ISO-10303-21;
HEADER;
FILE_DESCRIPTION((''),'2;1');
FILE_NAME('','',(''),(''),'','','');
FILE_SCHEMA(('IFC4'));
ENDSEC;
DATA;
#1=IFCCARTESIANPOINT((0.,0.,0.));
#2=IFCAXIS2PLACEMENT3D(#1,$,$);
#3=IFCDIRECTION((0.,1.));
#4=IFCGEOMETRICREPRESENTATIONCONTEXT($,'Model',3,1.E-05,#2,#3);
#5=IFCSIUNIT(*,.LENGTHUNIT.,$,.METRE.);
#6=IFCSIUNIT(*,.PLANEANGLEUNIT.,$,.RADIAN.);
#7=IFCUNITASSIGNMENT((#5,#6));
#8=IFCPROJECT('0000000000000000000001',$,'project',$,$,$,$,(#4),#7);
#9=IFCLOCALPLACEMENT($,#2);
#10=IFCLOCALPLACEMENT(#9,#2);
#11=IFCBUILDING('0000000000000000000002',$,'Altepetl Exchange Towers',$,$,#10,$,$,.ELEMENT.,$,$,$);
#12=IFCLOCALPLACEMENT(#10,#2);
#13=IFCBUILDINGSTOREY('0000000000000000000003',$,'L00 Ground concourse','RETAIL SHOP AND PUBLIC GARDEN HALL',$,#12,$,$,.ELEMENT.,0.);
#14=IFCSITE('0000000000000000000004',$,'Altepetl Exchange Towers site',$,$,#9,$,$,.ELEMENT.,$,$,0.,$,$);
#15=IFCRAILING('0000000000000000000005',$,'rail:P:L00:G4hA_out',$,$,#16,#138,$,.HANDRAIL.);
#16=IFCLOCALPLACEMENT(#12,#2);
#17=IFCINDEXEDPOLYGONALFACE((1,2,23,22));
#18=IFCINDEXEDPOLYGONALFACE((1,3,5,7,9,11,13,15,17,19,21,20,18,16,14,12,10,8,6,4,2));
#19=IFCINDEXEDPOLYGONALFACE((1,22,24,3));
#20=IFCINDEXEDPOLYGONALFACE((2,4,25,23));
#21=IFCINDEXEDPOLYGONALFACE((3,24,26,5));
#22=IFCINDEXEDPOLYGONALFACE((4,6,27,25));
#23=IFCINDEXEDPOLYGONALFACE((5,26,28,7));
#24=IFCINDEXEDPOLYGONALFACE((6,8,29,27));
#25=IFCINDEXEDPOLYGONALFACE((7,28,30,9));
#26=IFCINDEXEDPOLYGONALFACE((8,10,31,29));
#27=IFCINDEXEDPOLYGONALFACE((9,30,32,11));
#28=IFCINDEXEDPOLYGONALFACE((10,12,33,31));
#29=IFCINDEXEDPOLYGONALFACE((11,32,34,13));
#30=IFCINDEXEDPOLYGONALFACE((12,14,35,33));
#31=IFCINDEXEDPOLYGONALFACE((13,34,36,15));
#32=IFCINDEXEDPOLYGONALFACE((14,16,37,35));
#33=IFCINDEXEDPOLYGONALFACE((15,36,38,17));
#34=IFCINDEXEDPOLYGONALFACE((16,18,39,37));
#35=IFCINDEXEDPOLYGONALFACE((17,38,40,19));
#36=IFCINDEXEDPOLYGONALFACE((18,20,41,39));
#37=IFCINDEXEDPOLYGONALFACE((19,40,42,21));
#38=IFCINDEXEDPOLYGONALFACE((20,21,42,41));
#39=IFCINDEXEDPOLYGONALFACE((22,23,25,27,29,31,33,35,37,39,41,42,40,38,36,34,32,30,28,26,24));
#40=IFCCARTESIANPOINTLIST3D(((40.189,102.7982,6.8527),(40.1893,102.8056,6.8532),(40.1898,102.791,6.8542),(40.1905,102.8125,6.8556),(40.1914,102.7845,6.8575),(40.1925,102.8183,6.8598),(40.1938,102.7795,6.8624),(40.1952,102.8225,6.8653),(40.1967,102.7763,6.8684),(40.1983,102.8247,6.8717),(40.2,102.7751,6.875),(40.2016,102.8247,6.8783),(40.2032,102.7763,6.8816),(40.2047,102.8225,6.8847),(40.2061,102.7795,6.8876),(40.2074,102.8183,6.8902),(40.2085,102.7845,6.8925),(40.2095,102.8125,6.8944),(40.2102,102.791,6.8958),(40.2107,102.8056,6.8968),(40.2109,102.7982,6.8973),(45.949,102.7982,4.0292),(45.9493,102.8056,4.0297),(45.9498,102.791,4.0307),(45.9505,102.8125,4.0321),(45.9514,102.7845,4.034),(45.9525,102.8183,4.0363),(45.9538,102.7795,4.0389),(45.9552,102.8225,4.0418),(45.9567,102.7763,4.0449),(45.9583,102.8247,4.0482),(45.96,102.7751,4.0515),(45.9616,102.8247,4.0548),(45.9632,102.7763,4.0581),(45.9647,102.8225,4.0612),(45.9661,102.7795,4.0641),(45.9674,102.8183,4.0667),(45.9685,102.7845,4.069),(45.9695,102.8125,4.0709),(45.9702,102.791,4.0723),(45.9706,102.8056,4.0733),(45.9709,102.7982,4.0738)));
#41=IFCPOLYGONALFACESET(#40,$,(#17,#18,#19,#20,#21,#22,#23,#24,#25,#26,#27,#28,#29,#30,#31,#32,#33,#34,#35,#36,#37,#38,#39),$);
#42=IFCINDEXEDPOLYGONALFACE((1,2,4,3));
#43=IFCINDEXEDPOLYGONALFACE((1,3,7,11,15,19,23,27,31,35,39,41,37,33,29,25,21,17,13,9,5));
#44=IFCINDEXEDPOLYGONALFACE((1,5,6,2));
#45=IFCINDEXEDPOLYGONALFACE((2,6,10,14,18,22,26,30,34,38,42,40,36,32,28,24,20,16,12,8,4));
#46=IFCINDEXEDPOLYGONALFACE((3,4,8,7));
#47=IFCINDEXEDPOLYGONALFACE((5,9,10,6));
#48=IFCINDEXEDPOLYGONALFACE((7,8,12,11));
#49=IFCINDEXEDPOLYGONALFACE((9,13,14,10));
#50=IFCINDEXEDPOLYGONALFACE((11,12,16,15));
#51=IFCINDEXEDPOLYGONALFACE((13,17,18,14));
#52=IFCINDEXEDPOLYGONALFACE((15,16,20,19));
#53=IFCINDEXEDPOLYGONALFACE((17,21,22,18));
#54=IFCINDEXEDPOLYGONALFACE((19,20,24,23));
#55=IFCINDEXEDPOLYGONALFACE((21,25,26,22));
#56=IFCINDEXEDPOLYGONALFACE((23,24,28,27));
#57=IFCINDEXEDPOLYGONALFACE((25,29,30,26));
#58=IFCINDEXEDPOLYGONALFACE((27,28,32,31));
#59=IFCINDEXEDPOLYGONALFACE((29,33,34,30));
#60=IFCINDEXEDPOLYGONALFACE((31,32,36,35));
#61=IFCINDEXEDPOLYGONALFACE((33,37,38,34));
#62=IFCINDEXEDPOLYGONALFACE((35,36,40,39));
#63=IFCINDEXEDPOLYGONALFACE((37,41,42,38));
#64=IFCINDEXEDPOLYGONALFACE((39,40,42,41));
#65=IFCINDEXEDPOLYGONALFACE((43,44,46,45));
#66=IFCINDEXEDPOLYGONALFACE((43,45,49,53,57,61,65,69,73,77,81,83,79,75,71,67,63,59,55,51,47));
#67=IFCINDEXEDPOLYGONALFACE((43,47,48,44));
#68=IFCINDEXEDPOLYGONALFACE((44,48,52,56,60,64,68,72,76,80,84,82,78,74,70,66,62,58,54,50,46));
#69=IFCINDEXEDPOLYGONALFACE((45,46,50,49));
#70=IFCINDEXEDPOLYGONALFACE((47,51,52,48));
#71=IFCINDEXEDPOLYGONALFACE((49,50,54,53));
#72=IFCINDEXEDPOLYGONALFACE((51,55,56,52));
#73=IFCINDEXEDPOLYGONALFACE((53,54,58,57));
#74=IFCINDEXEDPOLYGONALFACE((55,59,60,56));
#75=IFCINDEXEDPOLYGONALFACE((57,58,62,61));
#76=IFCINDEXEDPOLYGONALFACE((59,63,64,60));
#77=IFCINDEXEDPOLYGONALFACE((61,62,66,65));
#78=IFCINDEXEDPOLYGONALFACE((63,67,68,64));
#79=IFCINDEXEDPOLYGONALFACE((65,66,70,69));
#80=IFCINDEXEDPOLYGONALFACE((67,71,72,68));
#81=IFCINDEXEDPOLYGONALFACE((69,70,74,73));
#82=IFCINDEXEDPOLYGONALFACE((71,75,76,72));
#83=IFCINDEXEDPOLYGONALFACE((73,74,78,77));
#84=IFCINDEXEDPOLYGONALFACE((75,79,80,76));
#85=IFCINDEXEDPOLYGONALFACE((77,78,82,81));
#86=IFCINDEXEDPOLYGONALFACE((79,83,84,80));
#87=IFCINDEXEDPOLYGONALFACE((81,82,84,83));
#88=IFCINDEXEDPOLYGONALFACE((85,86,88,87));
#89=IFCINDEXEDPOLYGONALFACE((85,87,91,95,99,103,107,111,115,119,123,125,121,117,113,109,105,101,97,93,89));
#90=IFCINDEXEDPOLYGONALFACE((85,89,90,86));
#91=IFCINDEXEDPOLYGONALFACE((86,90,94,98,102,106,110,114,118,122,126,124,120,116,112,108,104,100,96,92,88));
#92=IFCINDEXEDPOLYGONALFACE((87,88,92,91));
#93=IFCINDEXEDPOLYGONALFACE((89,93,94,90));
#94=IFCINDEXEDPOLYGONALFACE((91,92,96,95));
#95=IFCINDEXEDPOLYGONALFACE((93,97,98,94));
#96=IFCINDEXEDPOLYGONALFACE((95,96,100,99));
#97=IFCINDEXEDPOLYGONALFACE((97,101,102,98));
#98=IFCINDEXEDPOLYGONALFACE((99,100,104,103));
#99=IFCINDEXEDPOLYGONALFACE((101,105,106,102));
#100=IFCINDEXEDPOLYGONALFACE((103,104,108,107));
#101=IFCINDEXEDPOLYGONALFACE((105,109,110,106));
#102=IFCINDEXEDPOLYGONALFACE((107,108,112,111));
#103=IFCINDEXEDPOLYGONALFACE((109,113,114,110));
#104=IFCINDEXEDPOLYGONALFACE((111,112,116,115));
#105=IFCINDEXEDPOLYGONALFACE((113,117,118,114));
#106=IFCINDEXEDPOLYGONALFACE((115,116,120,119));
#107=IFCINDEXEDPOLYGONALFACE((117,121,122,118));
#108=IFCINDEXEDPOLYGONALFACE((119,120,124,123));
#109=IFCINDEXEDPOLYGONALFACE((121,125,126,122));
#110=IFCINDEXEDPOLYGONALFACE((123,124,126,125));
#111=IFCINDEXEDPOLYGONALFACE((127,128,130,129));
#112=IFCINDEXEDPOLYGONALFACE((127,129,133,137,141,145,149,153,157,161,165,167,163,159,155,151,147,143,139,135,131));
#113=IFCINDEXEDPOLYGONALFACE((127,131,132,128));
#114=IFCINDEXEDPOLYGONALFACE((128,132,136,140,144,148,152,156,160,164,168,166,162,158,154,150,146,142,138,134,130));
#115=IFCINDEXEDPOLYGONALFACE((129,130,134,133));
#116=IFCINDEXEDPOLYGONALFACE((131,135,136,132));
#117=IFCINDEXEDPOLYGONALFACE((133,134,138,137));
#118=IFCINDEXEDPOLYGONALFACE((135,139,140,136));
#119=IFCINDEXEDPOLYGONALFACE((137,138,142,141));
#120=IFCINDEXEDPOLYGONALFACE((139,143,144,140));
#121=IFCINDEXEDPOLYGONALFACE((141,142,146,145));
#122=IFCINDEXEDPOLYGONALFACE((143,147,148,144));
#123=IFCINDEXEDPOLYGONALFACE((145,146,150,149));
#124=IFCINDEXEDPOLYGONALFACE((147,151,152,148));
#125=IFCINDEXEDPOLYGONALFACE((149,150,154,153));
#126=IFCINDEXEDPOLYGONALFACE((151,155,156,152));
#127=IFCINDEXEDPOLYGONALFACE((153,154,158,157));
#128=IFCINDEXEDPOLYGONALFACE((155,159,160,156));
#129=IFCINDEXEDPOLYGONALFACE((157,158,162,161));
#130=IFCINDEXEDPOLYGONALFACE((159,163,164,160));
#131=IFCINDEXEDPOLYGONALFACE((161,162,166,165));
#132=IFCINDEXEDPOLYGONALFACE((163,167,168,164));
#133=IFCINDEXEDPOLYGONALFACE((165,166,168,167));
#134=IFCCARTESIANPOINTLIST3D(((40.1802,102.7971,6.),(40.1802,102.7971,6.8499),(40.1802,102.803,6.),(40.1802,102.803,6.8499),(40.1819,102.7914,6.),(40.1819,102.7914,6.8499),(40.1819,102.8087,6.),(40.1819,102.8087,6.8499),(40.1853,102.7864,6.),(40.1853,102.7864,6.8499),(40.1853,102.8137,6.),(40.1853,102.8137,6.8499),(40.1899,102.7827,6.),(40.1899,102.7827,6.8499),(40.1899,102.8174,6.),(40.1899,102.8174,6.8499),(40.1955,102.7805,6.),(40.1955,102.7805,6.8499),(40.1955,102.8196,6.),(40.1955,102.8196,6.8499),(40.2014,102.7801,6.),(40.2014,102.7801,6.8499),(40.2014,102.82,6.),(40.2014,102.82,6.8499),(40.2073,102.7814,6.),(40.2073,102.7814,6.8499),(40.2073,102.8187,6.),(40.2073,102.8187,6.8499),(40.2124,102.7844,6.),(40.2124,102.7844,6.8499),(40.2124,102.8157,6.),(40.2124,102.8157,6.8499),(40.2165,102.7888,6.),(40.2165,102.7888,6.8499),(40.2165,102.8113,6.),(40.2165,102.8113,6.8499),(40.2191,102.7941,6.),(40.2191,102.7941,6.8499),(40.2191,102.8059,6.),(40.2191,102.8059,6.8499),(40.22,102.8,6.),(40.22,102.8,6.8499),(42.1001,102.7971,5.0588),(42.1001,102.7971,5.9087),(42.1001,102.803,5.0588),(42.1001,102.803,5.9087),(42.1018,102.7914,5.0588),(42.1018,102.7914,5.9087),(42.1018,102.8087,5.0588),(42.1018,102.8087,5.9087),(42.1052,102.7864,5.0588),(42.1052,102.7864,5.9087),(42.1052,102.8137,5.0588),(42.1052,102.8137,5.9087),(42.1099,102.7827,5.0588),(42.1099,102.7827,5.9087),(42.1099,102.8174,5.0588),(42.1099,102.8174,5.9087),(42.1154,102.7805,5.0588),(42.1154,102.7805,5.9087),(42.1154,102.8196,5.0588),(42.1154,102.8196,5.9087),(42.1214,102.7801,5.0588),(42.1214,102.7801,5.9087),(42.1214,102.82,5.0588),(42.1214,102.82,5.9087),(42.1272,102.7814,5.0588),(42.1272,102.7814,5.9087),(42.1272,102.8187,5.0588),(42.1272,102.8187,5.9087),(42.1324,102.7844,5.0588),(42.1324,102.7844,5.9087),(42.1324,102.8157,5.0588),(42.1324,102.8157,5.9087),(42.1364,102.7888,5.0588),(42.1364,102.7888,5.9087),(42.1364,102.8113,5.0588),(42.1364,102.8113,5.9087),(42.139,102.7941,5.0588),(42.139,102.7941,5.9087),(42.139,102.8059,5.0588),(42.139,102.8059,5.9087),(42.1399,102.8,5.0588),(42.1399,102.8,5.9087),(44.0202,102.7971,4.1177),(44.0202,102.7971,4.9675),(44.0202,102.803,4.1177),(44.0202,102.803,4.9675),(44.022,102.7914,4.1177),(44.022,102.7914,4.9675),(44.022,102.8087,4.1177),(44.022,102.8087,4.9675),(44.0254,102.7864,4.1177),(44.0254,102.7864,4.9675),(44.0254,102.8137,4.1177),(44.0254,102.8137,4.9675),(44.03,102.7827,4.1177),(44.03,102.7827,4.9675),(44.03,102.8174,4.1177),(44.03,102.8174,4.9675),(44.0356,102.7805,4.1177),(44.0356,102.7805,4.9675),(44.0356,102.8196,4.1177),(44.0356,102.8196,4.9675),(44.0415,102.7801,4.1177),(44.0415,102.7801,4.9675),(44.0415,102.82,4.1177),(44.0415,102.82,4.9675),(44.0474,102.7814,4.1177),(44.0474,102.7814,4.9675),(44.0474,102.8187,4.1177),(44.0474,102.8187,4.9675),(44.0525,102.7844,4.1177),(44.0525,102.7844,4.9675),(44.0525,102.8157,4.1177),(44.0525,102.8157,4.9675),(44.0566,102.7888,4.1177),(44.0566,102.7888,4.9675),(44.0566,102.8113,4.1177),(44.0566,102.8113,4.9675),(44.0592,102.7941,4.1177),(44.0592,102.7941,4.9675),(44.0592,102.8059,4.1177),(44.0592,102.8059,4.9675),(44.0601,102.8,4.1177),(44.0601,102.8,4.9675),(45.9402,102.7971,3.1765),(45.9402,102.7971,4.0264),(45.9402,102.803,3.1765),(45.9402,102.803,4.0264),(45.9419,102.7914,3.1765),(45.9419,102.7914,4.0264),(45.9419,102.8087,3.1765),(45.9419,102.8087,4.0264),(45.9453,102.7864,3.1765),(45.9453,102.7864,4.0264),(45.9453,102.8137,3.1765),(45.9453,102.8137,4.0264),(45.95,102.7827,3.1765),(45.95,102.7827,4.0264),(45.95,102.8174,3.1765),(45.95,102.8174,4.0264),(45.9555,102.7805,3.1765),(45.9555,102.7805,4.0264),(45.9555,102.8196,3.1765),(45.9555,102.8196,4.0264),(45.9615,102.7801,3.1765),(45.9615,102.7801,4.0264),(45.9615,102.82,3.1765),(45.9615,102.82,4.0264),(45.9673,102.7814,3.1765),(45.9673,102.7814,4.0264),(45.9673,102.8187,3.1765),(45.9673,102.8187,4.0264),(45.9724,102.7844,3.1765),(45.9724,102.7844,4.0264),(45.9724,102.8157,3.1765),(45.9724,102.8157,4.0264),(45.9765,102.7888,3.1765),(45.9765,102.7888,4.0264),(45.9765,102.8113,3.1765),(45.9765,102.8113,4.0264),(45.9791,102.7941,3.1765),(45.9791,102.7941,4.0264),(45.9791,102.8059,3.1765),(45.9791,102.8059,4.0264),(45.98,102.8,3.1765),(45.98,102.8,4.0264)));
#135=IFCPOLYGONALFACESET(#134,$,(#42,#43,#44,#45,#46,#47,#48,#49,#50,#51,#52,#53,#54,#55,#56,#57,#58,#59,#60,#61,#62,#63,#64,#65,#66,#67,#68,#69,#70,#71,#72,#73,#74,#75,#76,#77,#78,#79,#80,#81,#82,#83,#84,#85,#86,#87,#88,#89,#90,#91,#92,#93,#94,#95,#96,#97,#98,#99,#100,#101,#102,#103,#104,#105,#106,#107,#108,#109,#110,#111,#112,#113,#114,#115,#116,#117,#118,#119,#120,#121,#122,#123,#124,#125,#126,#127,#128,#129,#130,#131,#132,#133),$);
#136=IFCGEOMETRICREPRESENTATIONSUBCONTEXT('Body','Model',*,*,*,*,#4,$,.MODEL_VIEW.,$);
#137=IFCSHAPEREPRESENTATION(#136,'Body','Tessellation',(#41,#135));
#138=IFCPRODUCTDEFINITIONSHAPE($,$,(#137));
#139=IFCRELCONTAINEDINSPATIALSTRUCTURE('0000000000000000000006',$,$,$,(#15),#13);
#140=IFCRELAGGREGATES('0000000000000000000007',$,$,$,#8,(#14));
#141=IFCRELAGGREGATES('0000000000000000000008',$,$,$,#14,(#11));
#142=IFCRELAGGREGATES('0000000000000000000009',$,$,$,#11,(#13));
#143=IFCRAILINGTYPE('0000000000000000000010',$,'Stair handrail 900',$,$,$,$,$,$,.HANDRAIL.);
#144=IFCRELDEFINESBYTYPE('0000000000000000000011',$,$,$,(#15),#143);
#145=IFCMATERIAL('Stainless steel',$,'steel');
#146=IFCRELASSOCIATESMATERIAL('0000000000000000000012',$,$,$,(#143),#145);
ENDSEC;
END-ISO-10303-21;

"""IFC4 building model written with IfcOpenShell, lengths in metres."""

from ifc_helpers import new_model, si_unit, direction, frame, origin, origin_2d, place, context, subcontext, project, spatial, circle, extrude, source, transform, mapped, material, type_object, element, save


model = new_model("IFC4")

# Units and contexts
model_context = context("Model", 3, precision=1e-05, world=origin(), true_north=direction((0.0, 1.0)))
body_context = subcontext(model_context, "Body", "Model", "MODEL_VIEW")
ifc_project = project(units=[si_unit("LENGTHUNIT", "METRE"), si_unit("PLANEANGLEUNIT", "RADIAN")], contexts=[model_context])

# Site, building, storey
site_placement = place(None, origin())
site = spatial("IfcSite", under=ifc_project, at=site_placement, Name="Altepetl Exchange Towers site", CompositionType="ELEMENT", RefElevation=0.0)
building_placement = place(site_placement, origin())
building = spatial("IfcBuilding", under=site, at=building_placement, Name="Altepetl Exchange Towers", CompositionType="ELEMENT")
storey_placement = place(building_placement, origin())
storey = spatial("IfcBuildingStorey", under=building, at=storey_placement, Name="L00 Ground concourse", Description="RETAIL SHOP AND PUBLIC GARDEN HALL", CompositionType="ELEMENT", Elevation=0.0)

# Railing
ifc_material_1 = material(Name="Stainless steel", Category="steel")
railing_type_1 = type_object("IfcRailingType", Name="Stair handrail 900", PredefinedType="HANDRAIL", material=ifc_material_1)
shared_shape_1 = source(origin(), body_context, "Body", "SweptSolid", [
    extrude(circle(Radius=0.02, at=origin_2d()), origin(), (0.0, 0.0, 1.0), 0.8499),
])
for number, where, name in (
    (1, (45.96, 102.8, 3.1765), "rail:P:L00:G4hA_out"),
):
    element("IfcRailing", number, at=place(storey_placement, frame(where)), inside=storey, type_object=railing_type_1, Name=name, PredefinedType="HANDRAIL", context=body_context, shape_type="SweptSolid", body=[
        extrude(circle(Radius=0.0249, at=origin_2d()), frame((0.0, 0.0, 0.875), z_axis=(-0.897924, 0.0, 0.440151), x_axis=(0.0, -1.0, 0.0)), (0.0, 0.0, 1.0), 6.4148),
        mapped(shared_shape_1, transform((0.0, 0.0, 0.0))),
        mapped(shared_shape_1, transform((-1.9199, 0.0, 0.9412))),
        mapped(shared_shape_1, transform((-3.8401, 0.0, 1.8823))),
        mapped(shared_shape_1, transform((-5.76, 0.0, 2.8235))),
    ])

save(model, "model.ifc")
